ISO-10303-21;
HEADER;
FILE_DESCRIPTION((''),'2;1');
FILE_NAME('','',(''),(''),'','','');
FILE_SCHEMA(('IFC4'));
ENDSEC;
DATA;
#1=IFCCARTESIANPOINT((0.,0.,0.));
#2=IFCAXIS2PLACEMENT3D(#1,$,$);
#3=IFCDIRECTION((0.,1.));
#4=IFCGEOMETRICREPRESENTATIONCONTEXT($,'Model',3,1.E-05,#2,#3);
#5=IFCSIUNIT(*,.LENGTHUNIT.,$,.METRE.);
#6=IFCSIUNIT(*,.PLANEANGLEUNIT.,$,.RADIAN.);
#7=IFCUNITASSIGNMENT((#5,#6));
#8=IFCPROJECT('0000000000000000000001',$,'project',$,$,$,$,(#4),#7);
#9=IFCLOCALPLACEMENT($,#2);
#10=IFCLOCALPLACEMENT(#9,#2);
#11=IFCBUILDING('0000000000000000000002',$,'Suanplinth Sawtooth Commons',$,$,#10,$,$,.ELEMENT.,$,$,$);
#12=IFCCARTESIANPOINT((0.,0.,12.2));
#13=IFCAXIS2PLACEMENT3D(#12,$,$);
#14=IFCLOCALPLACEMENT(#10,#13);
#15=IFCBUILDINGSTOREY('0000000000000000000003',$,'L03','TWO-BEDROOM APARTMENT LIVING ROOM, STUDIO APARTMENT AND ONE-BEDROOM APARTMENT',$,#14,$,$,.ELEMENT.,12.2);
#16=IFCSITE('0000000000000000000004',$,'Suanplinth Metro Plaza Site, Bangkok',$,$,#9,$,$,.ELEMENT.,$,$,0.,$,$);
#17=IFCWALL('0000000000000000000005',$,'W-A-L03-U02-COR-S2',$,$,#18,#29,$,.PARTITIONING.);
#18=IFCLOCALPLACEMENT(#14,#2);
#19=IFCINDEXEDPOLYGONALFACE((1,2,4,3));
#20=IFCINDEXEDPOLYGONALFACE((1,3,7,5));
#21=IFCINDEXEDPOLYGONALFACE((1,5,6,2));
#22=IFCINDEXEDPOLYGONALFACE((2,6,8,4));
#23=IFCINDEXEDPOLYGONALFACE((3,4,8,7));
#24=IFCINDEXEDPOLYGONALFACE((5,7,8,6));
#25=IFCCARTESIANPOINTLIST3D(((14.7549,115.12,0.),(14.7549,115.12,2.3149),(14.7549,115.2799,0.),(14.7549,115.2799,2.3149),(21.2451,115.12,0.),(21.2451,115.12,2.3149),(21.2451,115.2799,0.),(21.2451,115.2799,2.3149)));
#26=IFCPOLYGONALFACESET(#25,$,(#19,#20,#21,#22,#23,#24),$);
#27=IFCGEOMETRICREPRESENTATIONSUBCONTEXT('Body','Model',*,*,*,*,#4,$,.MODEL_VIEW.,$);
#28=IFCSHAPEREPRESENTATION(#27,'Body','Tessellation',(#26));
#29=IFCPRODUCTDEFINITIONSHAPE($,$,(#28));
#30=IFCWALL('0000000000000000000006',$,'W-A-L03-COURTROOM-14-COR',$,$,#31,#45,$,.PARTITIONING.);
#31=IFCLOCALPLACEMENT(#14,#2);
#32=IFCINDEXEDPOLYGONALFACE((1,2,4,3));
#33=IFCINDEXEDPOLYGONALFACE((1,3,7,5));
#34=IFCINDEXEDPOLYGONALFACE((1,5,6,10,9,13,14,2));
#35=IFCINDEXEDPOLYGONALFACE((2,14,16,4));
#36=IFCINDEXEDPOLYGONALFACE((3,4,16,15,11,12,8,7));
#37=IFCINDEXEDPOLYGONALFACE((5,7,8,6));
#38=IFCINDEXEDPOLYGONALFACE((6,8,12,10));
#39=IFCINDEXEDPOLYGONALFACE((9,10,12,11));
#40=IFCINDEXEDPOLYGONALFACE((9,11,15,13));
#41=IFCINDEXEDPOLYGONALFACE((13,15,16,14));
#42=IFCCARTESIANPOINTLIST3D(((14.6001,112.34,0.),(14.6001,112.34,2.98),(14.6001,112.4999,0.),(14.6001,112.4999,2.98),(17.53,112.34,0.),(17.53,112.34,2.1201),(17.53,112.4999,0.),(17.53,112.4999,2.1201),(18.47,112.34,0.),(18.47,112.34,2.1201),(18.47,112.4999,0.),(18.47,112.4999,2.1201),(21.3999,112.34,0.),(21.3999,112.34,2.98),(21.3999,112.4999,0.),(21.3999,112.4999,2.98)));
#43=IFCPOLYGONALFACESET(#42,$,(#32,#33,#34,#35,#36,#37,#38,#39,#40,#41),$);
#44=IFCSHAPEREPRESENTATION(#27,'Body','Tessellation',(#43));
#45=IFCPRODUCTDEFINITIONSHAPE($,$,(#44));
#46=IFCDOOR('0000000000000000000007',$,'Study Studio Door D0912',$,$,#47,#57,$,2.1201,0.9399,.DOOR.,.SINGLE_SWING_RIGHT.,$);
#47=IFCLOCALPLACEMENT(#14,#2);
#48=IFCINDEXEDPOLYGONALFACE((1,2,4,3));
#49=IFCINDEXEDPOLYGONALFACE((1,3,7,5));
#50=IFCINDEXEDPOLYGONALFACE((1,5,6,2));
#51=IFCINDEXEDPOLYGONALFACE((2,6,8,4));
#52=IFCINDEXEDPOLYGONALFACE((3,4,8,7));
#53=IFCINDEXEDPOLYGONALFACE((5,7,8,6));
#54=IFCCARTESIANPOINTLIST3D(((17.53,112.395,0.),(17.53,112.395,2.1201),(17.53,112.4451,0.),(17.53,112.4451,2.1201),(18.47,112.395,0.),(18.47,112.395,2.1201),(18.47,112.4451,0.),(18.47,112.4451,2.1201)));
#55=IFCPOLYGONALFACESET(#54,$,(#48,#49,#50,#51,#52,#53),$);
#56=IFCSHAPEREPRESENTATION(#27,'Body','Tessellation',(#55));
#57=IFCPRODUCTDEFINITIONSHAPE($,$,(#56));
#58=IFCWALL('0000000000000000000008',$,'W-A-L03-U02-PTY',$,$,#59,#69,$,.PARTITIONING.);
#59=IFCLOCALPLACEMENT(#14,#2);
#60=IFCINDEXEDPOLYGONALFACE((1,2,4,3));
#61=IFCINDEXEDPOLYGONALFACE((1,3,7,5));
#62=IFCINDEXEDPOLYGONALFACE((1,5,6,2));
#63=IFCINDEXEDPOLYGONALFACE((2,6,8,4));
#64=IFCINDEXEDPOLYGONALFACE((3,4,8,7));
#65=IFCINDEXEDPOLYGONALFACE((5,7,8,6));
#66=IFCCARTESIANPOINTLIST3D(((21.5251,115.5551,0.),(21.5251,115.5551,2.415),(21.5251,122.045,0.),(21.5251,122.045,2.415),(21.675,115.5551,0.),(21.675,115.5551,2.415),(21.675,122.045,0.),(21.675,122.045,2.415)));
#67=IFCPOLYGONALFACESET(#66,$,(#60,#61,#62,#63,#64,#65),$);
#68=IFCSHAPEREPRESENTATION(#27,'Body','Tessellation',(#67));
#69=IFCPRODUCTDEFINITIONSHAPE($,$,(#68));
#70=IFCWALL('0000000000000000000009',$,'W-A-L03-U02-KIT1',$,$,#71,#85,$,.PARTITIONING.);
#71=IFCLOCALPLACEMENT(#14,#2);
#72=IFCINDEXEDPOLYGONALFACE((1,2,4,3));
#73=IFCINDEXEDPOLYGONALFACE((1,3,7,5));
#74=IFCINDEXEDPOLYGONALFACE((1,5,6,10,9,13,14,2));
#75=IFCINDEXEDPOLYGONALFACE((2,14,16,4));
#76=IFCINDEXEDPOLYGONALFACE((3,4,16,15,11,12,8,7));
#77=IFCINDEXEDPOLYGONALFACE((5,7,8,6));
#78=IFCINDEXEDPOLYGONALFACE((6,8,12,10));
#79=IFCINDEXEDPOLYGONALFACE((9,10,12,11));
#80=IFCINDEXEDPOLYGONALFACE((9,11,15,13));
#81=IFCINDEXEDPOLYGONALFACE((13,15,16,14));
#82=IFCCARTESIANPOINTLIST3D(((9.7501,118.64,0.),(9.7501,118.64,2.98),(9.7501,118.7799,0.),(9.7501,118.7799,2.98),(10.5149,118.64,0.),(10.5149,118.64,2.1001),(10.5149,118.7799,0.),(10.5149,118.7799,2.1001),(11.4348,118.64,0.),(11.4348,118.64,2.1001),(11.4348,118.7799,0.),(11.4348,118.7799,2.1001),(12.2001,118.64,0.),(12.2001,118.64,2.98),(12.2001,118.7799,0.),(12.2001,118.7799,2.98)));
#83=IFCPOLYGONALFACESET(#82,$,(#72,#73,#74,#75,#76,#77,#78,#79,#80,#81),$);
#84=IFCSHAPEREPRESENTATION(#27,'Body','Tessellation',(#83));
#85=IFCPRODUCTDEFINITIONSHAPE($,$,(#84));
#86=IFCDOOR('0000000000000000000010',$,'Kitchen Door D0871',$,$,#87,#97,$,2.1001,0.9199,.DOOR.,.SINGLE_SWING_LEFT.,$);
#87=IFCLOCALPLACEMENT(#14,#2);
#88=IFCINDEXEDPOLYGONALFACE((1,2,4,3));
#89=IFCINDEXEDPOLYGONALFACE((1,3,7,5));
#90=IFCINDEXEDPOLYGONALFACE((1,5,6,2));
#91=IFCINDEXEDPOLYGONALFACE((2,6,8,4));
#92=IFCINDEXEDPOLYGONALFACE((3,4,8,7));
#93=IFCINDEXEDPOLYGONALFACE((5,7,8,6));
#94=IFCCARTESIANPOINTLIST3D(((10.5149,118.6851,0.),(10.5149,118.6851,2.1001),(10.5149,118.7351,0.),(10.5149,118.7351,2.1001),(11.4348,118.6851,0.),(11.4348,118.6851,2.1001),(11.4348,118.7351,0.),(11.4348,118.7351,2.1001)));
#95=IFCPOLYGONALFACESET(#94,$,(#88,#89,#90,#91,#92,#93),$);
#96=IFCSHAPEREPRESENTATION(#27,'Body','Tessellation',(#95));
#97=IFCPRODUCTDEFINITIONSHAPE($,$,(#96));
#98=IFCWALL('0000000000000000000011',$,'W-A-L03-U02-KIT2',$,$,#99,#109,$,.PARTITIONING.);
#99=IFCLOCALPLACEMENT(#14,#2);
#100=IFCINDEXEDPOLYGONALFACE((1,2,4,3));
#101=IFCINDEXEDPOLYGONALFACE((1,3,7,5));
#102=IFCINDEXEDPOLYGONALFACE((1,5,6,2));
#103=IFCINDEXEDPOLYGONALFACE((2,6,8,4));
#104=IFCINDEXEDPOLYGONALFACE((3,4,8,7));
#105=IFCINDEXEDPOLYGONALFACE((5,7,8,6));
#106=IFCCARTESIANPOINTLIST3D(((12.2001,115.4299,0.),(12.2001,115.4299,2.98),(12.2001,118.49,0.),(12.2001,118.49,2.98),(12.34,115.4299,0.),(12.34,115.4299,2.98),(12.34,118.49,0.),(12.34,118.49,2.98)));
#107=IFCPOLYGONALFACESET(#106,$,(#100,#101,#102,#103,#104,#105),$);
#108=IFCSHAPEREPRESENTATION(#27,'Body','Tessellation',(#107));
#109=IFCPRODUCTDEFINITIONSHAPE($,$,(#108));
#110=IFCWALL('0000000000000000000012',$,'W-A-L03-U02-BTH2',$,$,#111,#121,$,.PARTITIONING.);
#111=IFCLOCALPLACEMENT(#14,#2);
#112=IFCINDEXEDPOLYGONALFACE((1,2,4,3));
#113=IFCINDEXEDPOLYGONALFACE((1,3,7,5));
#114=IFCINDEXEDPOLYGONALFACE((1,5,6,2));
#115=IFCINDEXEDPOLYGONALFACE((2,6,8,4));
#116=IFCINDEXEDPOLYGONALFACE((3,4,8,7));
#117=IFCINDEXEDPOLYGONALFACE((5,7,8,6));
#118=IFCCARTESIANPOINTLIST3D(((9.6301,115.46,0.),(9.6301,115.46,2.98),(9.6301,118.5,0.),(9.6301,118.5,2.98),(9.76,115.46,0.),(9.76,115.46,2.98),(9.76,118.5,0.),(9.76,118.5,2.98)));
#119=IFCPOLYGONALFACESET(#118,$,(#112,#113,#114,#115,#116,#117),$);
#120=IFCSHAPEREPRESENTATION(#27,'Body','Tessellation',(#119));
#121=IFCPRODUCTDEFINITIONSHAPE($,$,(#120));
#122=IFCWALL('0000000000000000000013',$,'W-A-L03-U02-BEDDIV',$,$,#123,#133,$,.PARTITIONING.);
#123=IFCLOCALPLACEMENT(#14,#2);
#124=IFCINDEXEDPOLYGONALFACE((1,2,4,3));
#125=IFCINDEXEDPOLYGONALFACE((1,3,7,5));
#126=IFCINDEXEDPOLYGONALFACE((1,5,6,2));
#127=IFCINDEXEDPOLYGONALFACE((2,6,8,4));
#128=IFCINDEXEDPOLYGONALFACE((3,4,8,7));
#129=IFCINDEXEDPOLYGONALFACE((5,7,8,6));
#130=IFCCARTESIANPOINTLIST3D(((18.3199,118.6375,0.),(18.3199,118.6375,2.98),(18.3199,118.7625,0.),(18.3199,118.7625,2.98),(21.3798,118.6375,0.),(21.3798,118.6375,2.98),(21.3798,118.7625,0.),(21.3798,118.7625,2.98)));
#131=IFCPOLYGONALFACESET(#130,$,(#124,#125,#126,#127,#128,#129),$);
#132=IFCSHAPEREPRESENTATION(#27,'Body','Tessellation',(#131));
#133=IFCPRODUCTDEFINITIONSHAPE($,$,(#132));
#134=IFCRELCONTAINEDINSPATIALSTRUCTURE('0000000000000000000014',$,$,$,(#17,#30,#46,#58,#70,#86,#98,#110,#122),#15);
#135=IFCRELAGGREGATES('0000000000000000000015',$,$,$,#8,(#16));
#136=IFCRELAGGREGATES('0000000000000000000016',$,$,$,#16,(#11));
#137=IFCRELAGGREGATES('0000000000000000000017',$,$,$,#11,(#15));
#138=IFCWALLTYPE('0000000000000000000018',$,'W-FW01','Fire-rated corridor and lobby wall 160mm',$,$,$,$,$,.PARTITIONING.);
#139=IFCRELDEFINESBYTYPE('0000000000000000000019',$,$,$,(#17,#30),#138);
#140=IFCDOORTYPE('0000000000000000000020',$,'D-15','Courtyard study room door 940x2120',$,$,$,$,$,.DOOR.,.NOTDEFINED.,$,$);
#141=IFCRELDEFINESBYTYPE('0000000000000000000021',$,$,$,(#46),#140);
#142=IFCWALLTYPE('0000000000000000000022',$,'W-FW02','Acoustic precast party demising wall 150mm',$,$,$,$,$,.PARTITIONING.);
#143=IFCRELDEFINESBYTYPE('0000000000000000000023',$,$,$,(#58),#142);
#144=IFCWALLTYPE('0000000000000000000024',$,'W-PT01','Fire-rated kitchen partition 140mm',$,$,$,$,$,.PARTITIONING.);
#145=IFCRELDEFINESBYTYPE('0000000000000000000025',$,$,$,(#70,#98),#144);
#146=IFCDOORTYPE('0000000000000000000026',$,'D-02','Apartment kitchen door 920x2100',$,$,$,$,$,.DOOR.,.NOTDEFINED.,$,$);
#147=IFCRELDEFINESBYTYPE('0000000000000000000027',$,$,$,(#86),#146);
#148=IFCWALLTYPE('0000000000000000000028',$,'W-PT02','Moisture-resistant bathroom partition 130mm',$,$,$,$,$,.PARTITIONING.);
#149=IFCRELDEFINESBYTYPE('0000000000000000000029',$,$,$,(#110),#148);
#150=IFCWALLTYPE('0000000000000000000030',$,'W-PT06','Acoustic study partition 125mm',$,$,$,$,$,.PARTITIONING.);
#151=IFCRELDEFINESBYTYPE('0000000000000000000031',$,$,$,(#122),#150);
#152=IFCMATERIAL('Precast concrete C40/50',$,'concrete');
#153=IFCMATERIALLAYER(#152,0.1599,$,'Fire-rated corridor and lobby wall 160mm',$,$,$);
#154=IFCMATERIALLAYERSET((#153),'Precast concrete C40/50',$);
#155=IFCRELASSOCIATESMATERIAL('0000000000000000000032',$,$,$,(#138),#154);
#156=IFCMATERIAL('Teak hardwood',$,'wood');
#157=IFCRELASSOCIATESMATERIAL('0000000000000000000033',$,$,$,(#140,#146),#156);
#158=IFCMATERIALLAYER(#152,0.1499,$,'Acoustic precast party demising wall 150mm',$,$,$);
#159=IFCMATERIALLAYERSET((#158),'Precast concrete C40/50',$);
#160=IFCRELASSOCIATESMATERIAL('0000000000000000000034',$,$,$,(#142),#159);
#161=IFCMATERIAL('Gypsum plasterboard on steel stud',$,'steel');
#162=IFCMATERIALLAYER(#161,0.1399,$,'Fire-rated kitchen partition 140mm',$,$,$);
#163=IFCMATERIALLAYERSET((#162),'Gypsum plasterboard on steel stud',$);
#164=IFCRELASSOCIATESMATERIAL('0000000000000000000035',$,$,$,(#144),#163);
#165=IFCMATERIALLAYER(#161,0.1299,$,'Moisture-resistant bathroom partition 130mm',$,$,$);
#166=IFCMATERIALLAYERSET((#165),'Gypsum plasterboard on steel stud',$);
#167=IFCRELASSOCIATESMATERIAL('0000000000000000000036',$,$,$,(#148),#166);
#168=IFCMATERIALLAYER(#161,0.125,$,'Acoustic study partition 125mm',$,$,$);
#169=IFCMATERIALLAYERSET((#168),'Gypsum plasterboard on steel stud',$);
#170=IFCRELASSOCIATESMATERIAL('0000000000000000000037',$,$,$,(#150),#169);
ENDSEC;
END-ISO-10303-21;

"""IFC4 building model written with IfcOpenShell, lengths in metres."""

from ifc_helpers import new_model, si_unit, direction, frame, frame_2d, origin, place, context, subcontext, project, spatial, rectangle, extrude, material, layer, layer_set, type_object, element, fill, save


model = new_model("IFC4")

# Units and contexts
model_context = context("Model", 3, precision=1e-05, world=origin(), true_north=direction((0.0, 1.0)))
body_context = subcontext(model_context, "Body", "Model", "MODEL_VIEW")
ifc_project = project(units=[si_unit("LENGTHUNIT", "METRE"), si_unit("PLANEANGLEUNIT", "RADIAN")], contexts=[model_context])

# Site, building, storey
site_placement = place(None, origin())
site = spatial("IfcSite", under=ifc_project, at=site_placement, Name="Suanplinth Metro Plaza Site, Bangkok", CompositionType="ELEMENT", RefElevation=0.0)
building_placement = place(site_placement, origin())
building = spatial("IfcBuilding", under=site, at=building_placement, Name="Suanplinth Sawtooth Commons", CompositionType="ELEMENT")
storey_placement = place(building_placement, frame((0.0, 0.0, 12.2)))
storey = spatial("IfcBuildingStorey", under=building, at=storey_placement, Name="L03", Description="TWO-BEDROOM APARTMENT LIVING ROOM, STUDIO APARTMENT AND ONE-BEDROOM APARTMENT", CompositionType="ELEMENT", Elevation=12.2)

# Shared definitions
ifc_material_1 = material(Name="Precast concrete C40/50", Category="concrete")

# Shared definitions
ifc_layer_1 = layer(ifc_material_1, 0.1599, Name="Fire-rated corridor and lobby wall 160mm")
ifc_layer_set_1 = layer_set([ifc_layer_1], Name="Precast concrete C40/50")
wall_type_1 = type_object("IfcWallType", Name="W-FW01", Description="Fire-rated corridor and lobby wall 160mm", PredefinedType="PARTITIONING", material=ifc_layer_set_1)

# Wall
wall_1_placement = place(storey_placement, frame((14.7549, 115.2, 0.0), z_axis=(0.0, 0.0, 1.0), x_axis=(1.0, 0.0, 0.0)))
element("IfcWall", 1, at=wall_1_placement, inside=storey, type_object=wall_type_1, Name="W-A-L03-U02-COR-S2", PredefinedType="PARTITIONING", context=body_context, shape_type="SweptSolid", body=[
    extrude(rectangle(XDim=6.4902, YDim=0.1599, at=frame_2d((3.2451, 0.0))), origin(), (0.0, 0.0, 1.0), 2.3149),
])

# Wall, opening, door
wall_2_placement = place(storey_placement, frame((14.6001, 112.4199, 0.0), z_axis=(0.0, 0.0, 1.0), x_axis=(1.0, 0.0, 0.0)))
wall_2 = element("IfcWall", 2, at=wall_2_placement, inside=storey, type_object=wall_type_1, Name="W-A-L03-COURTROOM-14-COR", PredefinedType="PARTITIONING", context=body_context, shape_type="SweptSolid", body=[
    extrude(rectangle(XDim=6.7998, YDim=0.1599, at=frame_2d((3.3999, 0.0))), origin(), (0.0, 0.0, 1.0), 2.98),
])
opening_1_placement = place(wall_2_placement, frame((2.9299, 0.0, 0.0)))
opening_1 = element("IfcOpeningElement", 3, at=opening_1_placement, cuts=wall_2, PredefinedType="OPENING", context=body_context, shape_type="SweptSolid", body=[
    extrude(rectangle(XDim=0.9399, YDim=2.1201, at=frame_2d((0.47, 1.0601))), frame((0.0, 0.0947, 0.0), z_axis=(0.0, -1.0, 0.0), x_axis=(1.0, 0.0, 0.0)), (0.0, 0.0, 1.0), 0.1897),
])
ifc_material_2 = material(Name="Teak hardwood", Category="wood")
door_type_1 = type_object("IfcDoorType", Name="D-15", Description="Courtyard study room door 940x2120", OperationType="NOTDEFINED", PredefinedType="DOOR", material=ifc_material_2)
door_1_placement = place(opening_1_placement, frame((0.9399, 0.0, 0.0), z_axis=(0.0, 0.0, 1.0), x_axis=(-1.0, 0.0, 0.0)))
door_1 = element("IfcDoor", 4, at=door_1_placement, inside=storey, type_object=door_type_1, Name="Study Studio Door D0912", OperationType="SINGLE_SWING_RIGHT", OverallHeight=2.1201, OverallWidth=0.9399, PredefinedType="DOOR", context=body_context, shape_type="SweptSolid", body=[
    extrude(rectangle(XDim=0.9399, YDim=2.1201, at=frame_2d((0.47, 1.0601))), frame((0.0, 0.0249, 0.0), z_axis=(0.0, -1.0, 0.0), x_axis=(1.0, 0.0, 0.0)), (0.0, 0.0, 1.0), 0.05),
])
fill(opening_1, door_1)

# Wall
ifc_layer_2 = layer(ifc_material_1, 0.1499, Name="Acoustic precast party demising wall 150mm")
ifc_layer_set_2 = layer_set([ifc_layer_2], Name="Precast concrete C40/50")
wall_type_2 = type_object("IfcWallType", Name="W-FW02", Description="Acoustic precast party demising wall 150mm", PredefinedType="PARTITIONING", material=ifc_layer_set_2)
wall_3_placement = place(storey_placement, frame((21.6001, 115.5549, 0.0), z_axis=(0.0, 0.0, 1.0), x_axis=(0.0, 1.0, 0.0)))
element("IfcWall", 5, at=wall_3_placement, inside=storey, type_object=wall_type_2, Name="W-A-L03-U02-PTY", PredefinedType="PARTITIONING", context=body_context, shape_type="SweptSolid", body=[
    extrude(rectangle(XDim=6.49, YDim=0.1499, at=frame_2d((3.2451, 0.0))), origin(), (0.0, 0.0, 1.0), 2.415),
])

# Wall, opening, door
ifc_material_3 = material(Name="Gypsum plasterboard on steel stud", Category="steel")
ifc_layer_3 = layer(ifc_material_3, 0.1399, Name="Fire-rated kitchen partition 140mm")
ifc_layer_set_3 = layer_set([ifc_layer_3], Name="Gypsum plasterboard on steel stud")
wall_type_3 = type_object("IfcWallType", Name="W-PT01", Description="Fire-rated kitchen partition 140mm", PredefinedType="PARTITIONING", material=ifc_layer_set_3)
wall_4_placement = place(storey_placement, frame((9.75, 118.71, 0.0), z_axis=(0.0, 0.0, 1.0), x_axis=(1.0, 0.0, 0.0)))
wall_4 = element("IfcWall", 6, at=wall_4_placement, inside=storey, type_object=wall_type_3, Name="W-A-L03-U02-KIT1", PredefinedType="PARTITIONING", context=body_context, shape_type="SweptSolid", body=[
    extrude(rectangle(XDim=2.45, YDim=0.1399, at=frame_2d((1.2251, 0.0))), origin(), (0.0, 0.0, 1.0), 2.98),
])
opening_2_placement = place(wall_4_placement, frame((0.7649, 0.0, 0.0)))
opening_2 = element("IfcOpeningElement", 7, at=opening_2_placement, cuts=wall_4, PredefinedType="OPENING", context=body_context, shape_type="SweptSolid", body=[
    extrude(rectangle(XDim=0.9199, YDim=2.1001, at=frame_2d((0.46, 1.05))), frame((0.0, 0.085, 0.0), z_axis=(0.0, -1.0, 0.0), x_axis=(1.0, 0.0, 0.0)), (0.0, 0.0, 1.0), 0.1697),
])
door_type_2 = type_object("IfcDoorType", Name="D-02", Description="Apartment kitchen door 920x2100", OperationType="NOTDEFINED", PredefinedType="DOOR", material=ifc_material_2)
door_2_placement = place(opening_2_placement, frame((0.9199, 0.0, 0.0), z_axis=(0.0, 0.0, 1.0), x_axis=(-1.0, 0.0, 0.0)))
door_2 = element("IfcDoor", 8, at=door_2_placement, inside=storey, type_object=door_type_2, Name="Kitchen Door D0871", OperationType="SINGLE_SWING_LEFT", OverallHeight=2.1001, OverallWidth=0.9199, PredefinedType="DOOR", context=body_context, shape_type="SweptSolid", body=[
    extrude(rectangle(XDim=0.9199, YDim=2.1001, at=frame_2d((0.46, 1.05))), frame((0.0, 0.0249, 0.0), z_axis=(0.0, -1.0, 0.0), x_axis=(1.0, 0.0, 0.0)), (0.0, 0.0, 1.0), 0.05),
])
fill(opening_2, door_2)

# Walls
wall_5_placement = place(storey_placement, frame((12.27, 115.4299, 0.0), z_axis=(0.0, 0.0, 1.0), x_axis=(0.0, 1.0, 0.0)))
element("IfcWall", 9, at=wall_5_placement, inside=storey, type_object=wall_type_3, Name="W-A-L03-U02-KIT2", PredefinedType="PARTITIONING", context=body_context, shape_type="SweptSolid", body=[
    extrude(rectangle(XDim=3.0601, YDim=0.1399, at=frame_2d((1.53, 0.0))), origin(), (0.0, 0.0, 1.0), 2.98),
])
ifc_layer_4 = layer(ifc_material_3, 0.1299, Name="Moisture-resistant bathroom partition 130mm")
ifc_layer_set_4 = layer_set([ifc_layer_4], Name="Gypsum plasterboard on steel stud")
wall_type_4 = type_object("IfcWallType", Name="W-PT02", Description="Moisture-resistant bathroom partition 130mm", PredefinedType="PARTITIONING", material=ifc_layer_set_4)
wall_6_placement = place(storey_placement, frame((9.6951, 115.46, 0.0), z_axis=(0.0, 0.0, 1.0), x_axis=(0.0, 1.0, 0.0)))
element("IfcWall", 10, at=wall_6_placement, inside=storey, type_object=wall_type_4, Name="W-A-L03-U02-BTH2", PredefinedType="PARTITIONING", context=body_context, shape_type="SweptSolid", body=[
    extrude(rectangle(XDim=3.04, YDim=0.1299, at=frame_2d((1.52, 0.0))), origin(), (0.0, 0.0, 1.0), 2.98),
])

# Wall
ifc_layer_5 = layer(ifc_material_3, 0.125, Name="Acoustic study partition 125mm")
ifc_layer_set_5 = layer_set([ifc_layer_5], Name="Gypsum plasterboard on steel stud")
wall_type_5 = type_object("IfcWallType", Name="W-PT06", Description="Acoustic study partition 125mm", PredefinedType="PARTITIONING", material=ifc_layer_set_5)
wall_7_placement = place(storey_placement, frame((18.3201, 118.7, 0.0), z_axis=(0.0, 0.0, 1.0), x_axis=(1.0, 0.0, 0.0)))
element("IfcWall", 11, at=wall_7_placement, inside=storey, type_object=wall_type_5, Name="W-A-L03-U02-BEDDIV", PredefinedType="PARTITIONING", context=body_context, shape_type="SweptSolid", body=[
    extrude(rectangle(XDim=3.0598, YDim=0.125, at=frame_2d((1.5298, 0.0))), origin(), (0.0, 0.0, 1.0), 2.98),
])

save(model, "model.ifc")
